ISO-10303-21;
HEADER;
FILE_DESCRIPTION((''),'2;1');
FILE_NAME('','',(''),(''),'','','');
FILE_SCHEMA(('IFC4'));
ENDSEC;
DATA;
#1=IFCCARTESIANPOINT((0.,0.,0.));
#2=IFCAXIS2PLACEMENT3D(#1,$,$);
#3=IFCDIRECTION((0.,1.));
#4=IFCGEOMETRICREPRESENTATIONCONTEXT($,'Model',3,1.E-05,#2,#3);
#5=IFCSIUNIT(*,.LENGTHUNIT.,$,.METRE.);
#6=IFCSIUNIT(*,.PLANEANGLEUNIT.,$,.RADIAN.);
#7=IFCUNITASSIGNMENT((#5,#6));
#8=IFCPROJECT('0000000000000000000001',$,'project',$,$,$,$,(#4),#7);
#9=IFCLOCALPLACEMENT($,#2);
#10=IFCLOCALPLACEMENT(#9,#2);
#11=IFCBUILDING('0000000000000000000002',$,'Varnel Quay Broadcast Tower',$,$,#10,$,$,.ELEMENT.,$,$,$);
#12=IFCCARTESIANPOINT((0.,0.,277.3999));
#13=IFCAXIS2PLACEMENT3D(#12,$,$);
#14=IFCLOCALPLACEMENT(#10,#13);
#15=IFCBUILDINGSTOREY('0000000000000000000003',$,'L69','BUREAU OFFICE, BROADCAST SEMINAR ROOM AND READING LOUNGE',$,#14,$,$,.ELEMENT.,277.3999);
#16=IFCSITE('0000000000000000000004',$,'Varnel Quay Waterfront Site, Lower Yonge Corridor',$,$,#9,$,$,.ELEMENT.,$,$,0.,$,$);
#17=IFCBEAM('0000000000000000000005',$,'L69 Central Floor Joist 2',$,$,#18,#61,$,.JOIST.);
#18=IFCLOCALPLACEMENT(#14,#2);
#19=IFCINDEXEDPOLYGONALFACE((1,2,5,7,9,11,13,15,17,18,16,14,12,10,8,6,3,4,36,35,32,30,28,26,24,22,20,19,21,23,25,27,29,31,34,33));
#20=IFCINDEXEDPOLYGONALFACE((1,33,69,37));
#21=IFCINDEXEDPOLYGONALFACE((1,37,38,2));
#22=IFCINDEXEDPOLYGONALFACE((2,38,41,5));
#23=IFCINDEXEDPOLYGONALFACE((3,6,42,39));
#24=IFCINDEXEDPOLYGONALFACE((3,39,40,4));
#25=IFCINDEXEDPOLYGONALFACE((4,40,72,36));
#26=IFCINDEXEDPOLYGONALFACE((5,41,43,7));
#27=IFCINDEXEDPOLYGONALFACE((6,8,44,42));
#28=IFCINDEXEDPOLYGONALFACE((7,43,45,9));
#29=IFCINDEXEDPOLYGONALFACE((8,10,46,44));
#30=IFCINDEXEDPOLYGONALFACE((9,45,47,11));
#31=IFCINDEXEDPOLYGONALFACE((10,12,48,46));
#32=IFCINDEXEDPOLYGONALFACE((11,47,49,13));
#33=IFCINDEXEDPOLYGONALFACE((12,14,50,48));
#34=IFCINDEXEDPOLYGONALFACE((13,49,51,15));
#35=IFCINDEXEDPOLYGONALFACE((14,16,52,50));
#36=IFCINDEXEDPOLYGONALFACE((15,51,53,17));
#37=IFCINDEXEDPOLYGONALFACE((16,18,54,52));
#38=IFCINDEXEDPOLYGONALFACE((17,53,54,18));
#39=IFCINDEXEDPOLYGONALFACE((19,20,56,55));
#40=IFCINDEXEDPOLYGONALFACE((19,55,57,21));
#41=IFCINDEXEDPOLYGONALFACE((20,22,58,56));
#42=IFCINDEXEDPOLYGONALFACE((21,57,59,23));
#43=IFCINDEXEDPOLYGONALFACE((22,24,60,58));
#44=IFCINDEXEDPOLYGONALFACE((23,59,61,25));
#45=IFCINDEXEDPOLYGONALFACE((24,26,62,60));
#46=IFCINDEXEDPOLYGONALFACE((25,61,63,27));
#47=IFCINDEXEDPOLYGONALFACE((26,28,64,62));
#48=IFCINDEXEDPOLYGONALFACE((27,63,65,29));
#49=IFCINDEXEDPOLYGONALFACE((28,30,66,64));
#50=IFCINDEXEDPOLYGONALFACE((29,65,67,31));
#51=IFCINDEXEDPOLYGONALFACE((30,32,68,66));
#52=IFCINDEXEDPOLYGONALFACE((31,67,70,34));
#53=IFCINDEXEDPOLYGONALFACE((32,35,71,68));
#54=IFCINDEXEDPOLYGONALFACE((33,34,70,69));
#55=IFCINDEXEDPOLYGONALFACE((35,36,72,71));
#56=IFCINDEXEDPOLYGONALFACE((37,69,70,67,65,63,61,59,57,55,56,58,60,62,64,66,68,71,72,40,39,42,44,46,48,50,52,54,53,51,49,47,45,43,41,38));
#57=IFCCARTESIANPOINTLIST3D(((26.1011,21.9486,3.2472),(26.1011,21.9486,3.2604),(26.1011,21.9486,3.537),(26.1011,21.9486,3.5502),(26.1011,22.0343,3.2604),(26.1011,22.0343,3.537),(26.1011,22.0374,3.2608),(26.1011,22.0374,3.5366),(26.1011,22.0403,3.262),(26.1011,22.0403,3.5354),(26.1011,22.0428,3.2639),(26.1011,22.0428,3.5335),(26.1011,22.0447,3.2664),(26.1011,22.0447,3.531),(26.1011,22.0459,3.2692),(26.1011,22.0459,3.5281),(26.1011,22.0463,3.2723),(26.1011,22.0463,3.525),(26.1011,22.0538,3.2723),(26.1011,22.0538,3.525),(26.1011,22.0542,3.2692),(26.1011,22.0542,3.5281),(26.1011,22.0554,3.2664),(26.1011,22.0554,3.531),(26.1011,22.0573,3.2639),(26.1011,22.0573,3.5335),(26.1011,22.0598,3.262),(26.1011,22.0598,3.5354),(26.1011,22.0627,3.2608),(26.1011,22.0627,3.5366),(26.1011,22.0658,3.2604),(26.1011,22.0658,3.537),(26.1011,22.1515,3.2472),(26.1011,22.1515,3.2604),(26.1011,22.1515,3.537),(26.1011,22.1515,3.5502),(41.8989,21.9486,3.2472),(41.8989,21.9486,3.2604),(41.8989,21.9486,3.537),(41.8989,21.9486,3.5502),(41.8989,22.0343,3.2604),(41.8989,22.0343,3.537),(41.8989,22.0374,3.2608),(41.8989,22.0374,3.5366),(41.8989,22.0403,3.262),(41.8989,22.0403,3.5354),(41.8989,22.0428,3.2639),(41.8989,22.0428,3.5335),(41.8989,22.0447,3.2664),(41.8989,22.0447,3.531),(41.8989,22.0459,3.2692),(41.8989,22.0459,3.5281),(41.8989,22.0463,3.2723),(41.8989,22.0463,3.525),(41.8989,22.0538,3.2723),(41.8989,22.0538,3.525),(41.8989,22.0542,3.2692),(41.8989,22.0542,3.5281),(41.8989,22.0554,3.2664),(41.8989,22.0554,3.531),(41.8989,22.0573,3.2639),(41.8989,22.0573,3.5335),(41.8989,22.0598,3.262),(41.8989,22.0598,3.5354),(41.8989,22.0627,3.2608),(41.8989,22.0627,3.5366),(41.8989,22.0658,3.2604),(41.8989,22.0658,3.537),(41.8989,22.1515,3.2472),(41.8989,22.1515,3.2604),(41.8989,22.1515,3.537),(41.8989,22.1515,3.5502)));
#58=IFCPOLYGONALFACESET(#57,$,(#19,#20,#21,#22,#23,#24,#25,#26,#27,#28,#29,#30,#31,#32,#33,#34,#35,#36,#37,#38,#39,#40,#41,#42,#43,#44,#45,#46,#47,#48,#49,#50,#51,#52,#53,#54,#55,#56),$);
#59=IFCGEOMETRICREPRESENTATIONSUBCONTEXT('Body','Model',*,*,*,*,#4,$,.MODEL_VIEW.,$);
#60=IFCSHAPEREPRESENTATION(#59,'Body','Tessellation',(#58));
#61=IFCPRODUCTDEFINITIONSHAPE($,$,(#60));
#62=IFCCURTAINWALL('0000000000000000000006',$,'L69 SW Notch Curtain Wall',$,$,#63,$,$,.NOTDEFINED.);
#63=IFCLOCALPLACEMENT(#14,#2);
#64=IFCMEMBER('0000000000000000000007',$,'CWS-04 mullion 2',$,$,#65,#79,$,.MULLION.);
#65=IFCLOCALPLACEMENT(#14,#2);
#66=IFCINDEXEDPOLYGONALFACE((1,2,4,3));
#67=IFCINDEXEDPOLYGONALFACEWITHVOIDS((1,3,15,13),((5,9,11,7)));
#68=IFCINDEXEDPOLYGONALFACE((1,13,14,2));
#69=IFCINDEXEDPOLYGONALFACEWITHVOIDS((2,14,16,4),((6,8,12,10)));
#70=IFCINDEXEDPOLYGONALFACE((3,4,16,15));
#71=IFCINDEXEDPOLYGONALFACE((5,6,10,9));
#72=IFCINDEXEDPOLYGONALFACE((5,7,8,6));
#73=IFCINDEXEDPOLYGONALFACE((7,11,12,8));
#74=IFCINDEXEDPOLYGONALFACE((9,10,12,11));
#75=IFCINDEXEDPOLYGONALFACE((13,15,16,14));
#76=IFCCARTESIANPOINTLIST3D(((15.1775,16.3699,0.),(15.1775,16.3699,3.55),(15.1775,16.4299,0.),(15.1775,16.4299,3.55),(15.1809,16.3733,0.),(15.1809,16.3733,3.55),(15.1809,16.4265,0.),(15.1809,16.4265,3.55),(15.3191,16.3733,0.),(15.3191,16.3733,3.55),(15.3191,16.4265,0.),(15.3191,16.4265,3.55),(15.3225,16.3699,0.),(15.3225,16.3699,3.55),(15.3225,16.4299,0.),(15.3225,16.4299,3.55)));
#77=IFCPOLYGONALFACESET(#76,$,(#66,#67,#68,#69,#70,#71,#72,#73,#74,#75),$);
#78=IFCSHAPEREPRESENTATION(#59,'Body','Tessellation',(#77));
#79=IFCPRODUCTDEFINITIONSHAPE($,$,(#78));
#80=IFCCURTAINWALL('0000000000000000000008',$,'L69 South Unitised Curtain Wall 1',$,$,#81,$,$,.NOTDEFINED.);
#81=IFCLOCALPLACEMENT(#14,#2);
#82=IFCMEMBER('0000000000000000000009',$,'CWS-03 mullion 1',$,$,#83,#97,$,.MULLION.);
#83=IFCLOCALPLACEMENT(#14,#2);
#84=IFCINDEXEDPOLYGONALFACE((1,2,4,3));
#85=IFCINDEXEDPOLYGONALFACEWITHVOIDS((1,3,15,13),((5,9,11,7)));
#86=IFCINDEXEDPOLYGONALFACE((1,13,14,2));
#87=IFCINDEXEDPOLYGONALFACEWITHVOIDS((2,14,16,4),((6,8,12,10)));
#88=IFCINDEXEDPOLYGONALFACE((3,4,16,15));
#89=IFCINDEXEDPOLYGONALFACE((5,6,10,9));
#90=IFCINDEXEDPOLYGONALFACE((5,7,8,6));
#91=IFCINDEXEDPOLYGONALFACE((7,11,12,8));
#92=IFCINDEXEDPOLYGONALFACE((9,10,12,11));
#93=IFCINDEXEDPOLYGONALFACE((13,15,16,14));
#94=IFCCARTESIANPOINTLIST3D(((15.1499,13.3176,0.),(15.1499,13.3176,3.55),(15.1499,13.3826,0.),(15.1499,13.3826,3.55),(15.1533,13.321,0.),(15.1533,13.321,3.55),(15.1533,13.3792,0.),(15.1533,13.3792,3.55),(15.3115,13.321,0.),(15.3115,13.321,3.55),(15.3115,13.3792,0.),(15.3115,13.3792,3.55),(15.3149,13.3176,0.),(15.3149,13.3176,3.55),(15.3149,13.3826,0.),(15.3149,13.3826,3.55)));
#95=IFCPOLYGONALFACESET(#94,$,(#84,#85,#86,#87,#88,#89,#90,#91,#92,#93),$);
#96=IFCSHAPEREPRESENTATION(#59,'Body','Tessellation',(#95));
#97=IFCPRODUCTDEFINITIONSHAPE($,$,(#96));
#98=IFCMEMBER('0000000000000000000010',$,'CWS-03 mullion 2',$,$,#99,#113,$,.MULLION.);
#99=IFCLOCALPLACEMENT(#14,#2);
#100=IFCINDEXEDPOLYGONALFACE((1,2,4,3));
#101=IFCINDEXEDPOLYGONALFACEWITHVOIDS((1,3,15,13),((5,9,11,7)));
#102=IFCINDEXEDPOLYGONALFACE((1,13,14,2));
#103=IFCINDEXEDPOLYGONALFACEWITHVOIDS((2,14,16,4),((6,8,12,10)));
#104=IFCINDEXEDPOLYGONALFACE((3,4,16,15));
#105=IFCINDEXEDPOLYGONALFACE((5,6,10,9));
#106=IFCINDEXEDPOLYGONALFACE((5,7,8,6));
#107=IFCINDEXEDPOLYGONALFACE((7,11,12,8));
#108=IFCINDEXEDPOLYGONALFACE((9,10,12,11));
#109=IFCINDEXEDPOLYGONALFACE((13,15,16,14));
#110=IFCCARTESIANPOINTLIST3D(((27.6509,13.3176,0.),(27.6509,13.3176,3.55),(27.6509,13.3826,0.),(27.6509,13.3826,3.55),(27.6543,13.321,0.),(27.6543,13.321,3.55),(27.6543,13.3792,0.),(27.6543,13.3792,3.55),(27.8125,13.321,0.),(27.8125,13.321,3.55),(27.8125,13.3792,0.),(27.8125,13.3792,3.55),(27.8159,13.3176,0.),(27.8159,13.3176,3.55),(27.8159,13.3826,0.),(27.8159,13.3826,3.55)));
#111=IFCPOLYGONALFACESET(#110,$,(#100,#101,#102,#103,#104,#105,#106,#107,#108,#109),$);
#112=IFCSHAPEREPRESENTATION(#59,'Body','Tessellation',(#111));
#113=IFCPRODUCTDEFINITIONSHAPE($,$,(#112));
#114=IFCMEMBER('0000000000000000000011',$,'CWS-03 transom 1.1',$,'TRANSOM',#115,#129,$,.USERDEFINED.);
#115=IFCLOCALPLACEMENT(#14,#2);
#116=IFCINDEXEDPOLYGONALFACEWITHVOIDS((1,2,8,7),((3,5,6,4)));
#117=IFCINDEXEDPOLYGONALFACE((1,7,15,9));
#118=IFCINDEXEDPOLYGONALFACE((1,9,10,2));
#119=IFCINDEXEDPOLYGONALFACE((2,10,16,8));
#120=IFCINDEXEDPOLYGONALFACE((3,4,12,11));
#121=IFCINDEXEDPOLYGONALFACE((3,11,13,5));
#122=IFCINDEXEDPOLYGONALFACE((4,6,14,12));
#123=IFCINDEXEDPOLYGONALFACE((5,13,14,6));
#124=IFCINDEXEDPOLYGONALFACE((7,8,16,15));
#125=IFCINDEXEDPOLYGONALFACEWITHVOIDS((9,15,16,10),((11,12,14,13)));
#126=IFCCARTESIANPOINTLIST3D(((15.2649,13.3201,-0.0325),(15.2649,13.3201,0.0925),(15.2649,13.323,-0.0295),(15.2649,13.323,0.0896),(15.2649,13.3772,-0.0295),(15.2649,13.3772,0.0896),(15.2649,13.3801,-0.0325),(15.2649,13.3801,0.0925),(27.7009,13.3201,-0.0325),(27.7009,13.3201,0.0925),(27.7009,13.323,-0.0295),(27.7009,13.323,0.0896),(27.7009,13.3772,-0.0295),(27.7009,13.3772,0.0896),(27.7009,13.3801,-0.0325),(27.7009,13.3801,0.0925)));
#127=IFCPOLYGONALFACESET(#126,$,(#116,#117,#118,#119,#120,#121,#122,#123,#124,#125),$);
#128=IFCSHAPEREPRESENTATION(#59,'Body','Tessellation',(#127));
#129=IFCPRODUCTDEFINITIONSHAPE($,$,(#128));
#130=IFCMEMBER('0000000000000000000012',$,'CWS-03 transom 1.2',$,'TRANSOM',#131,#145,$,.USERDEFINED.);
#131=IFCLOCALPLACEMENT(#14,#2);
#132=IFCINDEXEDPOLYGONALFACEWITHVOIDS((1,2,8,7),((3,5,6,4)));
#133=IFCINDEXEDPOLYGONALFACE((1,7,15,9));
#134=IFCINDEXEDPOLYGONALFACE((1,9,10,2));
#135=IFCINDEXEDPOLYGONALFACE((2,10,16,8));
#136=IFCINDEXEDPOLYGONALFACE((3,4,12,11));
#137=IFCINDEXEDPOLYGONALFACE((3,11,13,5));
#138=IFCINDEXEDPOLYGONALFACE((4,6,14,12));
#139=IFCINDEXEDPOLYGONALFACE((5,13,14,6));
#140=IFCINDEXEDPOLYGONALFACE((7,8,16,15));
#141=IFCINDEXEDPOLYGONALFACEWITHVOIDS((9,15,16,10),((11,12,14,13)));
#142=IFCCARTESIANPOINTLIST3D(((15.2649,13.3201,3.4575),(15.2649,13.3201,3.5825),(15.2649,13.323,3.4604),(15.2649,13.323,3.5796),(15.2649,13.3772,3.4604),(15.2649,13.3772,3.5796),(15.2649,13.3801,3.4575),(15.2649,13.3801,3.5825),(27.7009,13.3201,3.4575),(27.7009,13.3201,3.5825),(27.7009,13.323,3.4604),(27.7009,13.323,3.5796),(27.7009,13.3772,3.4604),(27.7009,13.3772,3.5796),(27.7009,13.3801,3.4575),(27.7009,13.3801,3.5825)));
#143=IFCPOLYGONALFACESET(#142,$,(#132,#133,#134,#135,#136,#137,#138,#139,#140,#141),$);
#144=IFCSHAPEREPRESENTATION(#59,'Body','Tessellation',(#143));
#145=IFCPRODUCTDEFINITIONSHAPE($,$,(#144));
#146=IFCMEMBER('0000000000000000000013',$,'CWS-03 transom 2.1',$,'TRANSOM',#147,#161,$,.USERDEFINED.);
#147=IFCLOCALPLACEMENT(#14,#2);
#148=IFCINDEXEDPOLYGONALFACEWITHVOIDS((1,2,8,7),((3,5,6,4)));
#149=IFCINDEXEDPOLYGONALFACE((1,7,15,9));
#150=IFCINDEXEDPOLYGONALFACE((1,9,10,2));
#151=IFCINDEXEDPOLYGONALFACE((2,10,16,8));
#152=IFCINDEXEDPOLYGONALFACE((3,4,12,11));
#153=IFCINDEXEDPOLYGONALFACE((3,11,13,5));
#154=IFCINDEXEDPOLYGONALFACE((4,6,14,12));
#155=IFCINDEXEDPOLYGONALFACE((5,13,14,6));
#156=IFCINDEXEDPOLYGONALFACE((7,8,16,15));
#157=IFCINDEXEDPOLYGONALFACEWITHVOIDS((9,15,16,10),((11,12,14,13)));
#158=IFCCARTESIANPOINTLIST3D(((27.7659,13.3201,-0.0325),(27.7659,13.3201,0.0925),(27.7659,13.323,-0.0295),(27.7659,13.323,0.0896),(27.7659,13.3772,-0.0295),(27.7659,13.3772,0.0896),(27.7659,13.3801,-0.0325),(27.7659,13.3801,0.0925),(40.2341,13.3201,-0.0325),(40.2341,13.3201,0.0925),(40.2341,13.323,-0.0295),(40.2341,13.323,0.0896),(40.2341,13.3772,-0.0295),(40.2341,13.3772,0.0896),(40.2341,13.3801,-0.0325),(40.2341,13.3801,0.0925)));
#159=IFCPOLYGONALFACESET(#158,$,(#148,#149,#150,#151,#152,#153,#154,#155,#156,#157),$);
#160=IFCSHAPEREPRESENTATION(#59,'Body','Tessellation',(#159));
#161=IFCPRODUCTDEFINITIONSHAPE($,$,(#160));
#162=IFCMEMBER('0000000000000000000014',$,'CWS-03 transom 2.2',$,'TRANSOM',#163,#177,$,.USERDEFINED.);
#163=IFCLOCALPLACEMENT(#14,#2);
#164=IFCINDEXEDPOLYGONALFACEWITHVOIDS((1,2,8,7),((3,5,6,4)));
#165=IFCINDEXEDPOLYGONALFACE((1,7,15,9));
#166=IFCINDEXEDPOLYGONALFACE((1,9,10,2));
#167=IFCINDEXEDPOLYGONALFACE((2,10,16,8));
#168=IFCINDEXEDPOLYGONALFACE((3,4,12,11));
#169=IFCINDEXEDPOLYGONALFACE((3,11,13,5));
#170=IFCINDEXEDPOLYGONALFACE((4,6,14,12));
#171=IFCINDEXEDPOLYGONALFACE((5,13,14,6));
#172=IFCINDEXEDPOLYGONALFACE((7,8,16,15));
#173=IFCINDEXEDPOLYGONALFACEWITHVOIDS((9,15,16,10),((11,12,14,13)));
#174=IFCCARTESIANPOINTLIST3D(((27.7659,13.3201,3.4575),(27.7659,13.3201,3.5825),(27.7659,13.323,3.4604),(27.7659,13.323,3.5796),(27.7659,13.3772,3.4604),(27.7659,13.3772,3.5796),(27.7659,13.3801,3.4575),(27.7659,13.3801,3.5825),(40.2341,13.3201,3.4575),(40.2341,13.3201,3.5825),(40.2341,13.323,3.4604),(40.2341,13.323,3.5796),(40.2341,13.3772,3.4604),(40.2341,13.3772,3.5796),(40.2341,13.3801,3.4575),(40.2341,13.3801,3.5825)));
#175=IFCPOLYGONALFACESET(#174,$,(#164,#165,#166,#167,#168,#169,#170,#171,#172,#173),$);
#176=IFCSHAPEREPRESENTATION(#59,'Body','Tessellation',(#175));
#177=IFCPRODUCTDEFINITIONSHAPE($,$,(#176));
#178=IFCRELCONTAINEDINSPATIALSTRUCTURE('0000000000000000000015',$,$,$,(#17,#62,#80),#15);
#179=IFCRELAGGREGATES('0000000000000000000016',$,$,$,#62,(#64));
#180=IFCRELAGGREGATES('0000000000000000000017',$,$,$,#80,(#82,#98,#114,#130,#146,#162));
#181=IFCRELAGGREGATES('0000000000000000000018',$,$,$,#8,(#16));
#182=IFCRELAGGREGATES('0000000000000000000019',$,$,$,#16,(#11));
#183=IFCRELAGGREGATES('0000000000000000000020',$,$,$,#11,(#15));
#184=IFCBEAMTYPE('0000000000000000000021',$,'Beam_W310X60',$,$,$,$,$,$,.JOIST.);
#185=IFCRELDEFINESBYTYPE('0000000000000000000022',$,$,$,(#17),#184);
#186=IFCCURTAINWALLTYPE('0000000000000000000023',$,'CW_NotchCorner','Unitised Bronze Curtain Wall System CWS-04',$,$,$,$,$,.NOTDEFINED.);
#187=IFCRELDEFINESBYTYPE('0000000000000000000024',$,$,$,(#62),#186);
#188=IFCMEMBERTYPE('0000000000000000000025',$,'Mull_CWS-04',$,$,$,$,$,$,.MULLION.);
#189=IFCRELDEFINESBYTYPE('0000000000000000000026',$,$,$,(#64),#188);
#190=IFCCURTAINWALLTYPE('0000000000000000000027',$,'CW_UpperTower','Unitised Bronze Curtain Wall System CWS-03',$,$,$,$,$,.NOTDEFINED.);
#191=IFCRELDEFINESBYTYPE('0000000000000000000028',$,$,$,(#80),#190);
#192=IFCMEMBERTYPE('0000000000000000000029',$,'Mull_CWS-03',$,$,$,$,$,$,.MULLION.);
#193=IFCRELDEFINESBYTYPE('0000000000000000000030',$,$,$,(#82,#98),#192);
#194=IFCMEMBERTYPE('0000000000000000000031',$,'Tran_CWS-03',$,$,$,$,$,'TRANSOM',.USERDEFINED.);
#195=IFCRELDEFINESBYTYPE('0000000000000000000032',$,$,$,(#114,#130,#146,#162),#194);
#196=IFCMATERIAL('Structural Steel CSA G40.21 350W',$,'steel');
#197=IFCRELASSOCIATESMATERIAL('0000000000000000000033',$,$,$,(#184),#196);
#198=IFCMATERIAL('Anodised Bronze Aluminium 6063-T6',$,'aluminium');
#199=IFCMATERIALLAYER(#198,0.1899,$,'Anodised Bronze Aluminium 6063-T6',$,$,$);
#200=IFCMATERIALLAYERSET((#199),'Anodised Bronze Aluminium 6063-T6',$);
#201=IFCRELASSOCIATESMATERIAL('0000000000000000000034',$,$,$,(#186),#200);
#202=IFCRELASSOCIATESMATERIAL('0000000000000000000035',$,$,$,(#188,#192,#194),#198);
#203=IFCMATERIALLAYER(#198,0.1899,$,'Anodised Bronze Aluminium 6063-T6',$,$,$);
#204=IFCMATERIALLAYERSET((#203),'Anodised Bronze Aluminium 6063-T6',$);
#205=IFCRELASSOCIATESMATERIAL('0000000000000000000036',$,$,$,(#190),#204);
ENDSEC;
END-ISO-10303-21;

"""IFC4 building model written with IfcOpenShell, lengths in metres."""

from ifc_helpers import new_model, si_unit, direction, frame, origin, origin_2d, place, context, subcontext, project, spatial, hollow_rectangle, i_section, extrude, source, transform, mapped, material, layer, layer_set, material_profile, profile_set, type_object, type_shapes, element, aggregate, save


model = new_model("IFC4")

# Units and contexts
model_context = context("Model", 3, precision=1e-05, world=origin(), true_north=direction((0.0, 1.0)))
body_context = subcontext(model_context, "Body", "Model", "MODEL_VIEW")
ifc_project = project(units=[si_unit("LENGTHUNIT", "METRE"), si_unit("PLANEANGLEUNIT", "RADIAN")], contexts=[model_context])

# Site, building, storey
site_placement = place(None, origin())
site = spatial("IfcSite", under=ifc_project, at=site_placement, Name="Varnel Quay Waterfront Site, Lower Yonge Corridor", CompositionType="ELEMENT", RefElevation=0.0)
building_placement = place(site_placement, origin())
building = spatial("IfcBuilding", under=site, at=building_placement, Name="Varnel Quay Broadcast Tower", CompositionType="ELEMENT")
storey_placement = place(building_placement, frame((0.0, 0.0, 277.3999)))
storey = spatial("IfcBuildingStorey", under=building, at=storey_placement, Name="L69", Description="BUREAU OFFICE, BROADCAST SEMINAR ROOM AND READING LOUNGE", CompositionType="ELEMENT", Elevation=277.3999)

# Shared definitions
ifc_material_1 = material(Name="Structural Steel CSA G40.21 350W", Category="steel")

# Beam
ifc_material_profile_1 = material_profile(ifc_material_1, i_section(OverallWidth=0.2029, OverallDepth=0.303, WebThickness=0.0076, FlangeThickness=0.0132, FilletRadius=0.012, at=origin_2d()), Name="W310X60")
ifc_profile_set_1 = profile_set([ifc_material_profile_1], Name="Structural Steel CSA G40.21 350W")
beam_type_1 = type_object("IfcBeamType", Name="Beam_W310X60", PredefinedType="JOIST", material=ifc_profile_set_1)
shared_shape_1 = source(origin(), body_context, "Body", "SweptSolid", [
    extrude(i_section(OverallWidth=0.2029, OverallDepth=0.303, WebThickness=0.0076, FlangeThickness=0.0132, FilletRadius=0.012, at=origin_2d()), origin(), (0.0, 0.0, 1.0), 15.7979),
])
type_shapes(beam_type_1, [shared_shape_1])
beam_1_placement = place(storey_placement, frame((26.1011, 22.05, 3.3987), z_axis=(1.0, 0.0, 0.0), x_axis=(0.0, 1.0, 0.0)))
element("IfcBeam", 1, at=beam_1_placement, inside=storey, type_object=beam_type_1, Name="L69 Central Floor Joist 2", PredefinedType="JOIST", context=body_context, shape_type="MappedRepresentation", body=[
    mapped(shared_shape_1, transform((0.0, 0.0, 0.0), x_axis=(1.0, 0.0, 0.0), y_axis=(0.0, 1.0, 0.0), z_axis=(0.0, 0.0, 1.0), scale=1.0)),
])

# Curtain wall, member
ifc_material_2 = material(Name="Anodised Bronze Aluminium 6063-T6", Category="aluminium")
ifc_layer_1 = layer(ifc_material_2, 0.1899, Name="Anodised Bronze Aluminium 6063-T6")
ifc_layer_set_1 = layer_set([ifc_layer_1], Name="Anodised Bronze Aluminium 6063-T6")
curtain_wall_type_1 = type_object("IfcCurtainWallType", Name="CW_NotchCorner", Description="Unitised Bronze Curtain Wall System CWS-04", PredefinedType="NOTDEFINED", material=ifc_layer_set_1)
curtain_wall_1_placement = place(storey_placement, origin())
curtain_wall_1 = element("IfcCurtainWall", 2, at=curtain_wall_1_placement, inside=storey, type_object=curtain_wall_type_1, Name="L69 SW Notch Curtain Wall", PredefinedType="NOTDEFINED")
ifc_material_profile_2 = material_profile(ifc_material_2, hollow_rectangle(XDim=0.0601, YDim=0.145, WallThickness=0.0034, at=origin_2d()), Name="ALU60X145X3.5")
ifc_profile_set_2 = profile_set([ifc_material_profile_2], Name="Anodised Bronze Aluminium 6063-T6")
member_type_1 = type_object("IfcMemberType", Name="Mull_CWS-04", PredefinedType="MULLION", material=ifc_profile_set_2)
shared_shape_2 = source(origin(), body_context, "Body", "SweptSolid", [
    extrude(hollow_rectangle(XDim=0.0601, YDim=0.145, WallThickness=0.0034, at=origin_2d()), origin(), (0.0, 0.0, 1.0), 3.55),
])
type_shapes(member_type_1, [shared_shape_2])
member_1_placement = place(storey_placement, frame((15.25, 16.3999, 0.0), z_axis=(0.0, 0.0, 1.0), x_axis=(0.0, 1.0, 0.0)))
member_1 = element("IfcMember", 3, at=member_1_placement, type_object=member_type_1, Name="CWS-04 mullion 2", PredefinedType="MULLION", context=body_context, shape_type="MappedRepresentation", body=[
    mapped(shared_shape_2, transform((0.0, 0.0, 0.0), x_axis=(1.0, 0.0, 0.0), y_axis=(0.0, 1.0, 0.0), z_axis=(0.0, 0.0, 1.0), scale=1.0)),
])

# Curtain wall, members
ifc_layer_2 = layer(ifc_material_2, 0.1899, Name="Anodised Bronze Aluminium 6063-T6")
ifc_layer_set_2 = layer_set([ifc_layer_2], Name="Anodised Bronze Aluminium 6063-T6")
curtain_wall_type_2 = type_object("IfcCurtainWallType", Name="CW_UpperTower", Description="Unitised Bronze Curtain Wall System CWS-03", PredefinedType="NOTDEFINED", material=ifc_layer_set_2)
curtain_wall_2_placement = place(storey_placement, origin())
curtain_wall_2 = element("IfcCurtainWall", 4, at=curtain_wall_2_placement, inside=storey, type_object=curtain_wall_type_2, Name="L69 South Unitised Curtain Wall 1", PredefinedType="NOTDEFINED")
ifc_material_profile_3 = material_profile(ifc_material_2, hollow_rectangle(XDim=0.0649, YDim=0.165, WallThickness=0.0034, at=origin_2d()), Name="ALU65X165X3.5")
ifc_profile_set_3 = profile_set([ifc_material_profile_3], Name="Anodised Bronze Aluminium 6063-T6")
member_type_2 = type_object("IfcMemberType", Name="Mull_CWS-03", PredefinedType="MULLION", material=ifc_profile_set_3)
shared_shape_3 = source(origin(), body_context, "Body", "SweptSolid", [
    extrude(hollow_rectangle(XDim=0.0649, YDim=0.165, WallThickness=0.0034, at=origin_2d()), origin(), (0.0, 0.0, 1.0), 3.55),
])
type_shapes(member_type_2, [shared_shape_3])
member_2_placement = place(storey_placement, frame((15.2324, 13.3501, 0.0), z_axis=(0.0, 0.0, 1.0), x_axis=(0.0, 1.0, 0.0)))
member_2 = element("IfcMember", 5, at=member_2_placement, type_object=member_type_2, Name="CWS-03 mullion 1", PredefinedType="MULLION", context=body_context, shape_type="MappedRepresentation", body=[
    mapped(shared_shape_3, transform((0.0, 0.0, 0.0), x_axis=(1.0, 0.0, 0.0), y_axis=(0.0, 1.0, 0.0), z_axis=(0.0, 0.0, 1.0), scale=1.0)),
])
member_3_placement = place(storey_placement, frame((27.7334, 13.3501, 0.0), z_axis=(0.0, 0.0, 1.0), x_axis=(0.0, 1.0, 0.0)))
member_3 = element("IfcMember", 6, at=member_3_placement, type_object=member_type_2, Name="CWS-03 mullion 2", PredefinedType="MULLION", context=body_context, shape_type="MappedRepresentation", body=[
    mapped(shared_shape_3, transform((0.0, 0.0, 0.0), x_axis=(1.0, 0.0, 0.0), y_axis=(0.0, 1.0, 0.0), z_axis=(0.0, 0.0, 1.0), scale=1.0)),
])
ifc_material_profile_4 = material_profile(ifc_material_2, hollow_rectangle(XDim=0.0601, YDim=0.125, WallThickness=0.0029, at=origin_2d()), Name="ALU60X125X3")
ifc_profile_set_4 = profile_set([ifc_material_profile_4], Name="Anodised Bronze Aluminium 6063-T6")
member_type_3 = type_object("IfcMemberType", Name="Tran_CWS-03", ElementType="TRANSOM", PredefinedType="USERDEFINED", material=ifc_profile_set_4)
shared_shape_4 = source(origin(), body_context, "Body", "SweptSolid", [
    extrude(hollow_rectangle(XDim=0.0601, YDim=0.125, WallThickness=0.0029, at=origin_2d()), origin(), (0.0, 0.0, 1.0), 12.436),
])
member_4_placement = place(storey_placement, frame((15.2649, 13.3501, 0.03), z_axis=(1.0, 0.0, 0.0), x_axis=(0.0, 1.0, 0.0)))
member_4 = element("IfcMember", 7, at=member_4_placement, type_object=member_type_3, Name="CWS-03 transom 1.1", ObjectType="TRANSOM", PredefinedType="USERDEFINED", context=body_context, shape_type="MappedRepresentation", body=[
    mapped(shared_shape_4, transform((0.0, 0.0, 0.0), x_axis=(1.0, 0.0, 0.0), y_axis=(0.0, 1.0, 0.0), z_axis=(0.0, 0.0, 1.0), scale=1.0)),
])
member_5_placement = place(storey_placement, frame((15.2649, 13.3501, 3.52), z_axis=(1.0, 0.0, 0.0), x_axis=(0.0, 1.0, 0.0)))
member_5 = element("IfcMember", 8, at=member_5_placement, type_object=member_type_3, Name="CWS-03 transom 1.2", ObjectType="TRANSOM", PredefinedType="USERDEFINED", context=body_context, shape_type="MappedRepresentation", body=[
    mapped(shared_shape_4, transform((0.0, 0.0, 0.0), x_axis=(1.0, 0.0, 0.0), y_axis=(0.0, 1.0, 0.0), z_axis=(0.0, 0.0, 1.0), scale=1.0)),
])
shared_shape_5 = source(origin(), body_context, "Body", "SweptSolid", [
    extrude(hollow_rectangle(XDim=0.0601, YDim=0.125, WallThickness=0.0029, at=origin_2d()), origin(), (0.0, 0.0, 1.0), 12.4683),
])
type_shapes(member_type_3, [shared_shape_4, shared_shape_5])
member_6_placement = place(storey_placement, frame((27.7659, 13.3501, 0.03), z_axis=(1.0, 0.0, 0.0), x_axis=(0.0, 1.0, 0.0)))
member_6 = element("IfcMember", 9, at=member_6_placement, type_object=member_type_3, Name="CWS-03 transom 2.1", ObjectType="TRANSOM", PredefinedType="USERDEFINED", context=body_context, shape_type="MappedRepresentation", body=[
    mapped(shared_shape_5, transform((0.0, 0.0, 0.0), x_axis=(1.0, 0.0, 0.0), y_axis=(0.0, 1.0, 0.0), z_axis=(0.0, 0.0, 1.0), scale=1.0)),
])
member_7_placement = place(storey_placement, frame((27.7659, 13.3501, 3.52), z_axis=(1.0, 0.0, 0.0), x_axis=(0.0, 1.0, 0.0)))
member_7 = element("IfcMember", 10, at=member_7_placement, type_object=member_type_3, Name="CWS-03 transom 2.2", ObjectType="TRANSOM", PredefinedType="USERDEFINED", context=body_context, shape_type="MappedRepresentation", body=[
    mapped(shared_shape_5, transform((0.0, 0.0, 0.0), x_axis=(1.0, 0.0, 0.0), y_axis=(0.0, 1.0, 0.0), z_axis=(0.0, 0.0, 1.0), scale=1.0)),
])

aggregate(curtain_wall_1, [member_1])
aggregate(curtain_wall_2, [member_2, member_3, member_4, member_5, member_6, member_7])

save(model, "model.ifc")
